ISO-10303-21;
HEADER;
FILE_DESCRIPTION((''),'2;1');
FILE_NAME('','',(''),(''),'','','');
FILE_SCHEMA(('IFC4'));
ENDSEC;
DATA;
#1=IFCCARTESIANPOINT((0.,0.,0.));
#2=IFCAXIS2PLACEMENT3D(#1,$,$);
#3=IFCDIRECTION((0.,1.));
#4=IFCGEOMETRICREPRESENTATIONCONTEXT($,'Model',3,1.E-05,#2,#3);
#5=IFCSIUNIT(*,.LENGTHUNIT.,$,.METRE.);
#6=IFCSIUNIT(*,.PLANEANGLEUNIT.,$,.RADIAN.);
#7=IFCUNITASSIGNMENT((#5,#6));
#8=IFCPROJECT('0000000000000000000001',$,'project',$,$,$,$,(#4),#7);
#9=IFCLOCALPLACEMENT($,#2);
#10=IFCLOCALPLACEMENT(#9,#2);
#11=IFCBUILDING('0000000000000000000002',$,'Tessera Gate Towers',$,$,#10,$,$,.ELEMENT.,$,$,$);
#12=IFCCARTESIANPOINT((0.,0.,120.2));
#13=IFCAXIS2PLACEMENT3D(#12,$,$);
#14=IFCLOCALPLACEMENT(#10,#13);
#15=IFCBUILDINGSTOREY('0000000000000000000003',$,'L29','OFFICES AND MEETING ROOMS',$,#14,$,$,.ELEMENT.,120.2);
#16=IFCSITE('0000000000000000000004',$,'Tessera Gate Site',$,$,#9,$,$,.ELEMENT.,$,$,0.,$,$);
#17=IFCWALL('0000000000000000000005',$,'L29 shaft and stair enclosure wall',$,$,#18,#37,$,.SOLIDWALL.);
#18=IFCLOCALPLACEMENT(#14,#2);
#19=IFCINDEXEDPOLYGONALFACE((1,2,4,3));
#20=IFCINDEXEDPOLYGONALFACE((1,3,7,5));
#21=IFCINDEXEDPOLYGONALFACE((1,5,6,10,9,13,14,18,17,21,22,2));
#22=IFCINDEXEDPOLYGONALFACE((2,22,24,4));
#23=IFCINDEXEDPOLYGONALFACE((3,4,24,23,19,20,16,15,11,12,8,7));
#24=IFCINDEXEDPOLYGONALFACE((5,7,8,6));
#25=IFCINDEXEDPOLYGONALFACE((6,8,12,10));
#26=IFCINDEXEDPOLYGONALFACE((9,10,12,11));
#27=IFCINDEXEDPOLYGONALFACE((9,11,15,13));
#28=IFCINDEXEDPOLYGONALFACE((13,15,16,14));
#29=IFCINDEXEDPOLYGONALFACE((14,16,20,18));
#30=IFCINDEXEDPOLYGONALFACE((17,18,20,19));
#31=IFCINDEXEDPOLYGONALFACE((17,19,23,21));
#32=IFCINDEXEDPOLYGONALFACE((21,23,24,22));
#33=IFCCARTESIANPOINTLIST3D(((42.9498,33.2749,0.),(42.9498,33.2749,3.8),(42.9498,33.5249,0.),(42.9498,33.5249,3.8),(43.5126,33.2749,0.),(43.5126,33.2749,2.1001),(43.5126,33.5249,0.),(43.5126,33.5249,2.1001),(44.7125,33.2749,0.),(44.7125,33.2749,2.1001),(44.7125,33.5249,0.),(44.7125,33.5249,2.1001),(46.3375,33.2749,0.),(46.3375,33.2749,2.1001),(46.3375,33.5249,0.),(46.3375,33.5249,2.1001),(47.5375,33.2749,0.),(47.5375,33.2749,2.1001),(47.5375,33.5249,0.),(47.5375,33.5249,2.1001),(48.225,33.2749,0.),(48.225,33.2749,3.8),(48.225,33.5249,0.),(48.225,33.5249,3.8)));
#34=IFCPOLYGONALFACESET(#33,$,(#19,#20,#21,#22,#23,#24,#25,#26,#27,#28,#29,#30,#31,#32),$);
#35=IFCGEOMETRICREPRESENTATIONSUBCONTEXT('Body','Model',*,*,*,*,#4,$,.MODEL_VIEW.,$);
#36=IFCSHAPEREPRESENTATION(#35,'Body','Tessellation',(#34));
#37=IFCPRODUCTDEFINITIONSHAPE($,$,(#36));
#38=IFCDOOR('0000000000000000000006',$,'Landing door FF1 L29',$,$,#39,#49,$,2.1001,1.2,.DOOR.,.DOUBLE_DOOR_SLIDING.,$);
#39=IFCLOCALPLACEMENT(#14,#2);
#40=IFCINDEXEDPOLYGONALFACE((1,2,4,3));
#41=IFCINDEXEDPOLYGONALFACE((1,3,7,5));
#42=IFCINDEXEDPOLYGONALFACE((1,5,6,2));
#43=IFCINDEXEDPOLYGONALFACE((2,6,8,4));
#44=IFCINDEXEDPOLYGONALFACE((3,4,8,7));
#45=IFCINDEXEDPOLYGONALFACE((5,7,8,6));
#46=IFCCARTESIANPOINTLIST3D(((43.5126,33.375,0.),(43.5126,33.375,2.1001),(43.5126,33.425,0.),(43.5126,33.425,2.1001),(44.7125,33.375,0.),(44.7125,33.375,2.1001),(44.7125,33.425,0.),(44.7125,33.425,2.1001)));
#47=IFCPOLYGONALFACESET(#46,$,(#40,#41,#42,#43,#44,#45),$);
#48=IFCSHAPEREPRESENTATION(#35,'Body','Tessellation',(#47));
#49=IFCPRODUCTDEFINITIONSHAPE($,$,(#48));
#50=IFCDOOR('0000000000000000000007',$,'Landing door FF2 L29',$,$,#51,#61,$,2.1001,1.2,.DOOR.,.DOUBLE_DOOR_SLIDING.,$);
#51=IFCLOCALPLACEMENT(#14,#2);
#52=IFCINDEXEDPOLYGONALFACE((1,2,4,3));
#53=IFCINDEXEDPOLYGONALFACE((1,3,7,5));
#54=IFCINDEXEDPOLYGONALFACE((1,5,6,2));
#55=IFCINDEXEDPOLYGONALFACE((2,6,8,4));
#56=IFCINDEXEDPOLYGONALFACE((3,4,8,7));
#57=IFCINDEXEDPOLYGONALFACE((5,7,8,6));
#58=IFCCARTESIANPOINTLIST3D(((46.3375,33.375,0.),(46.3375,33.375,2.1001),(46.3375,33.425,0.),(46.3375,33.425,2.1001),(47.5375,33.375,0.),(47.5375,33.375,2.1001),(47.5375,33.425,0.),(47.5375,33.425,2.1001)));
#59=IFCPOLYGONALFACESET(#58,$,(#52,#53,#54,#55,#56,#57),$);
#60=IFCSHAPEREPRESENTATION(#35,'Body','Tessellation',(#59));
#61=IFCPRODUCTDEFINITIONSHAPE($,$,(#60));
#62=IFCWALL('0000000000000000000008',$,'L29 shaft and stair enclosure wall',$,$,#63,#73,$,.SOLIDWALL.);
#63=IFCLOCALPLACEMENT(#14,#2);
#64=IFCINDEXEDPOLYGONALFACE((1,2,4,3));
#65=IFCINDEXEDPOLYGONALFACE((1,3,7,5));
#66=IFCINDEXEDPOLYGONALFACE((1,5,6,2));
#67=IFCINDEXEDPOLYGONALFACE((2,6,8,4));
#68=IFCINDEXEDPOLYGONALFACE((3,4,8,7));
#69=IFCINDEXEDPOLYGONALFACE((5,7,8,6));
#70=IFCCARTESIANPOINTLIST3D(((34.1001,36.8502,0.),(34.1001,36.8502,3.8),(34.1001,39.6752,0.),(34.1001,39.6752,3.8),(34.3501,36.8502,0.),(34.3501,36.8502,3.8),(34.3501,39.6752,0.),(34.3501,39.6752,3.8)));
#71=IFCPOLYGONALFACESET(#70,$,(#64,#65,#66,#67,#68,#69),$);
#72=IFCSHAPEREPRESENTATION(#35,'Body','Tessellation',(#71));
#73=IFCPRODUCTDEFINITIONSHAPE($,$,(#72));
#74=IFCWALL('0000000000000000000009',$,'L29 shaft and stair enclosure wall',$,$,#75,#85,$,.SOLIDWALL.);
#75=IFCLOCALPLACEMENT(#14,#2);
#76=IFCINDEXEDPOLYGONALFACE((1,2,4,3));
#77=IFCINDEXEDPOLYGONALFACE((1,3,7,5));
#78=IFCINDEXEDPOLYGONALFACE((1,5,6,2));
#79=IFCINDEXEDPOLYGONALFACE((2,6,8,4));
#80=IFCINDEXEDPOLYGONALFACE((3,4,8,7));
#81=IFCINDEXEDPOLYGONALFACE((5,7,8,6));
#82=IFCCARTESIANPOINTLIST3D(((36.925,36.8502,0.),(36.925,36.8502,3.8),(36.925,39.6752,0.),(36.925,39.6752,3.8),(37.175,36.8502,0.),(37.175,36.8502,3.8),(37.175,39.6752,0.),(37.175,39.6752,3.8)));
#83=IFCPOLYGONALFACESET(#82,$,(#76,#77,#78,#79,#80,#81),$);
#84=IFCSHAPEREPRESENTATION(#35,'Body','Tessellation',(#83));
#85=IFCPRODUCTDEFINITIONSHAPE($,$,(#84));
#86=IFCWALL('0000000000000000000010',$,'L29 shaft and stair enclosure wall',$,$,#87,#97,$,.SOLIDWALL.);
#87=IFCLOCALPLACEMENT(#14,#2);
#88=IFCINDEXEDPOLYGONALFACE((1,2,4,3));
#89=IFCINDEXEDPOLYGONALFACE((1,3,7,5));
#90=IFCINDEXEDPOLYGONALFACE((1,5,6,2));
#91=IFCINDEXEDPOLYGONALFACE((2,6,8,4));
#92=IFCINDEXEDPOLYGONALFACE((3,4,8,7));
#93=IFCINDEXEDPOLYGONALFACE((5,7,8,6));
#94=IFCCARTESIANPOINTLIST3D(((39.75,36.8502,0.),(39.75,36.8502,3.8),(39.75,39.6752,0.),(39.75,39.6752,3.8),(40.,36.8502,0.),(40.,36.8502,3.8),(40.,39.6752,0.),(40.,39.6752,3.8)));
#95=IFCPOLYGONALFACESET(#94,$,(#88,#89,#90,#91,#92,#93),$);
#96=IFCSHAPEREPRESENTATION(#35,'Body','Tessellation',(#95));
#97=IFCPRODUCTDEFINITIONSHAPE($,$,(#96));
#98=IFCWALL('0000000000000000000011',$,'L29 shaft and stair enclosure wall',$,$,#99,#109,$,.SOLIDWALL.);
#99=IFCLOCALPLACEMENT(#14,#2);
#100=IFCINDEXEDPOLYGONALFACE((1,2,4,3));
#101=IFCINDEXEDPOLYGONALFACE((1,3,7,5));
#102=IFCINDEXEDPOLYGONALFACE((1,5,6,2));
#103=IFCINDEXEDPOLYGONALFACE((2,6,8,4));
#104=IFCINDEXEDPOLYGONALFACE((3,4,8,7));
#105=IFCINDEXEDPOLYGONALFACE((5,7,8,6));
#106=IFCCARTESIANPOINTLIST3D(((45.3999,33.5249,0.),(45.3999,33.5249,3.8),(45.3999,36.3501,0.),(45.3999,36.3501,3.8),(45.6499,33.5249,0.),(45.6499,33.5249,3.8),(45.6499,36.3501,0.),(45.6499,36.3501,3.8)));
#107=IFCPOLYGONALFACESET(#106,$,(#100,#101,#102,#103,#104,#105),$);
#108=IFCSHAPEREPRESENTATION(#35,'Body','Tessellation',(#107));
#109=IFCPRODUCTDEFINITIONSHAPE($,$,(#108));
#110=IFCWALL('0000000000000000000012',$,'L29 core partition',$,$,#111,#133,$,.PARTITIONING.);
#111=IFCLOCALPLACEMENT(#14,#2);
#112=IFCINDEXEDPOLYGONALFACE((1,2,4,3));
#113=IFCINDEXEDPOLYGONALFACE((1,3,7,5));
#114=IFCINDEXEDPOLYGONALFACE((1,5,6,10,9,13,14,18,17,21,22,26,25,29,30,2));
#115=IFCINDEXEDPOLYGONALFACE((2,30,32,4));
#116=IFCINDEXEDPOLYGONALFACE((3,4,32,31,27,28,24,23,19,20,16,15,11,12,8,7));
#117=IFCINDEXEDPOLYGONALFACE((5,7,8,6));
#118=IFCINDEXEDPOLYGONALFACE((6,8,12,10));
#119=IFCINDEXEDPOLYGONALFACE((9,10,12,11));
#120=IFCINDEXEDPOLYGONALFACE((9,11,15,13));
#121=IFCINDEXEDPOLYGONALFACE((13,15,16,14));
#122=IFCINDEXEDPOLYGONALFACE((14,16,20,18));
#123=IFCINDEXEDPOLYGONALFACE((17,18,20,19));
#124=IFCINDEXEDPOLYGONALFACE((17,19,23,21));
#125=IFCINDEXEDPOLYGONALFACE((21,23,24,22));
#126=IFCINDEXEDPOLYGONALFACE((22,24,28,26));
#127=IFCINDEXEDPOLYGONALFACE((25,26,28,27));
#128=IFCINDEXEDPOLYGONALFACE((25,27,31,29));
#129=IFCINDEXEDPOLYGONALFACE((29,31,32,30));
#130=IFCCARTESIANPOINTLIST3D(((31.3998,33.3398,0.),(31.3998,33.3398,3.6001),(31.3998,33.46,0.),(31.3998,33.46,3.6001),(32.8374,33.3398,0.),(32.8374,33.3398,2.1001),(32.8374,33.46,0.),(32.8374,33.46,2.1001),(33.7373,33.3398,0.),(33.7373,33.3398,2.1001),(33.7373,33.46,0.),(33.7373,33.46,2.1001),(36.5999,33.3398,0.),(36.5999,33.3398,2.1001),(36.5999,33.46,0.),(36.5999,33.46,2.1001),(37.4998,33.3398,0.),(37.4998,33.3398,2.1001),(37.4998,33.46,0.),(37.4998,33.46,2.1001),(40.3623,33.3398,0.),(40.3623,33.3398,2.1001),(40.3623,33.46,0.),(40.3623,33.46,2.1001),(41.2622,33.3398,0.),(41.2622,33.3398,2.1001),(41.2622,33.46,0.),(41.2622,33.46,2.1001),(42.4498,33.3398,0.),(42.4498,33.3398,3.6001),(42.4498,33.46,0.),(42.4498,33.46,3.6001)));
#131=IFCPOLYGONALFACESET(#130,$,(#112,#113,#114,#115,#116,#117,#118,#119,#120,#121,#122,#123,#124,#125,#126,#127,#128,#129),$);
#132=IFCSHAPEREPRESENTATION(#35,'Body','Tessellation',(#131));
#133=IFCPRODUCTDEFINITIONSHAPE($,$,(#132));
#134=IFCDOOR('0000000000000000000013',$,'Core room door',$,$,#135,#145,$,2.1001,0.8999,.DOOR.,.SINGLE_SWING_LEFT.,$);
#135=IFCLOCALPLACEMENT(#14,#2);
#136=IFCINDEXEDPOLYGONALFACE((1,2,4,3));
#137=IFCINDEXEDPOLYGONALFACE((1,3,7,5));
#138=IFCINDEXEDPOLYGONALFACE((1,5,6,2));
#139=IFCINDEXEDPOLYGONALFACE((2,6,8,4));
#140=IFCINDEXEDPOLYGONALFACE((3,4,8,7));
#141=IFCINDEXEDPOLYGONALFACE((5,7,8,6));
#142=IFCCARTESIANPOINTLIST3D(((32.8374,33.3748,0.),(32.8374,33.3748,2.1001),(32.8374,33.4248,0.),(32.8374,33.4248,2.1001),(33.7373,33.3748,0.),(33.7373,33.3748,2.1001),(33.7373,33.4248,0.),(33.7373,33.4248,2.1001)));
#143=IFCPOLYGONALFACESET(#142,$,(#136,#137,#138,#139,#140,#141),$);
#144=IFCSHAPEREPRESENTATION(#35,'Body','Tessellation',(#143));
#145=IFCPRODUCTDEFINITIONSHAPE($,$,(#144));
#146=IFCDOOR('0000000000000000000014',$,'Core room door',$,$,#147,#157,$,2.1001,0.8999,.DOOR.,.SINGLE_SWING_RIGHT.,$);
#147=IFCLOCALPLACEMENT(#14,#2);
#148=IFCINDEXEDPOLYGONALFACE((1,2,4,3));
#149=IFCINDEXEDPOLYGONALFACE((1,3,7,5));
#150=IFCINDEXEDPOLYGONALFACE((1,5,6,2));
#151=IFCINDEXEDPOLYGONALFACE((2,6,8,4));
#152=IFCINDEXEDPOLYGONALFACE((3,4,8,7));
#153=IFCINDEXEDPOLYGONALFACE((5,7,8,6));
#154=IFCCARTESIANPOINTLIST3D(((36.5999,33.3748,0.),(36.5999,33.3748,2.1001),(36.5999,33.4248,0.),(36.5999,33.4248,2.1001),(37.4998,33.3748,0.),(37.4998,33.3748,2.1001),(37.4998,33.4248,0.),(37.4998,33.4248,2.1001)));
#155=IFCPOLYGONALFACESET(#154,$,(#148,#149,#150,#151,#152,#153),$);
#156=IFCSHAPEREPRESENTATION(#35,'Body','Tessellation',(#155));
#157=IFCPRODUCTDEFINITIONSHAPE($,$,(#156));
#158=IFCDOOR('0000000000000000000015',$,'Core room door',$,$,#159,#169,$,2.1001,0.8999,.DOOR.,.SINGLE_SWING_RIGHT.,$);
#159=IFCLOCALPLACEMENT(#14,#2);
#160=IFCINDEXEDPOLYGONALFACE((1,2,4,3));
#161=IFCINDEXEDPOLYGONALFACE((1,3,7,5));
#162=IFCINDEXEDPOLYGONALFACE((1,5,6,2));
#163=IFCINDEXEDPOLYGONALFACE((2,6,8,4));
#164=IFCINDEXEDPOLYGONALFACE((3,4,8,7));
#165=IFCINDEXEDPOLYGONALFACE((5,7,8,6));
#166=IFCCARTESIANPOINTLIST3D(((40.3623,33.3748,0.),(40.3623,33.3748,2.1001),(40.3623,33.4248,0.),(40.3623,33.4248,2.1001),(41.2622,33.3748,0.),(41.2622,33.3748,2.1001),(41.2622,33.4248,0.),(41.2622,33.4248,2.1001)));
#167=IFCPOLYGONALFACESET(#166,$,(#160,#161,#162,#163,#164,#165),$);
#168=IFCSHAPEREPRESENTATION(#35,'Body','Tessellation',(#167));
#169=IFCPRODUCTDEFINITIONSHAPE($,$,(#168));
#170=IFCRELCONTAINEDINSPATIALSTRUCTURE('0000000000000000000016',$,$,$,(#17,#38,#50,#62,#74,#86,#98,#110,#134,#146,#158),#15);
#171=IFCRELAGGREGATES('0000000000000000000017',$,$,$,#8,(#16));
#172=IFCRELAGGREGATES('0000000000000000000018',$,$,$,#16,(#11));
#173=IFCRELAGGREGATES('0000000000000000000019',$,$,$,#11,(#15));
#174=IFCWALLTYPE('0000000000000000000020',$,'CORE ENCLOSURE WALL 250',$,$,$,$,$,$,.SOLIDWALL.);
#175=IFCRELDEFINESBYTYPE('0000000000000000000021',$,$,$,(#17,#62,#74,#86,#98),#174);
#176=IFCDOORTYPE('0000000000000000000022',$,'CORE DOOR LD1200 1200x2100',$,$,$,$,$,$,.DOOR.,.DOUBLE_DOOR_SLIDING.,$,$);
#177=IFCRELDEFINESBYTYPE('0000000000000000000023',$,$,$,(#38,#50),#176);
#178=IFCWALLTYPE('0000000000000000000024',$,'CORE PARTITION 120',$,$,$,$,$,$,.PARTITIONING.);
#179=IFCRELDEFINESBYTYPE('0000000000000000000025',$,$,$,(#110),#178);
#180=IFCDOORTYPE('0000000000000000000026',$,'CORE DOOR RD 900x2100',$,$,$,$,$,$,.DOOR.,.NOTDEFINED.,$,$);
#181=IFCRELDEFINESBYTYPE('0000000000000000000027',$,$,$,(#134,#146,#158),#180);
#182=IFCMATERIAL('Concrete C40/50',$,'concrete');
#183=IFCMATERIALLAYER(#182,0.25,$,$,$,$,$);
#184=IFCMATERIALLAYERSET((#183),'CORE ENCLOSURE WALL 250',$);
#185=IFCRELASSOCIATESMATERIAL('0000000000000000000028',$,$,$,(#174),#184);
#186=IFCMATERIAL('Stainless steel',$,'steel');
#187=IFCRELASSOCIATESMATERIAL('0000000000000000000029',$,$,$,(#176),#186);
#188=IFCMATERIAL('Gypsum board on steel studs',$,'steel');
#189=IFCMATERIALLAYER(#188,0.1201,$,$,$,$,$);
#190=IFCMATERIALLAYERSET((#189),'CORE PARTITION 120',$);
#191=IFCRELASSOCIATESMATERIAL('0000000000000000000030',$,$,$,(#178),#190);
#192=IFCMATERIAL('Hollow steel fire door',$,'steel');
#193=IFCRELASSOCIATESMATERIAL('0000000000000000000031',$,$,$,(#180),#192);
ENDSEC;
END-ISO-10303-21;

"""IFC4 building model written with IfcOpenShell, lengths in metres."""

from ifc_helpers import new_model, si_unit, direction, frame, frame_2d, origin, place, context, subcontext, project, spatial, rectangle, extrude, source, transform, mapped, material, layer, layer_set, type_object, element, fill, save


model = new_model("IFC4")

# Units and contexts
model_context = context("Model", 3, precision=1e-05, world=origin(), true_north=direction((0.0, 1.0)))
body_context = subcontext(model_context, "Body", "Model", "MODEL_VIEW")
ifc_project = project(units=[si_unit("LENGTHUNIT", "METRE"), si_unit("PLANEANGLEUNIT", "RADIAN")], contexts=[model_context])

# Site, building, storey
site_placement = place(None, origin())
site = spatial("IfcSite", under=ifc_project, at=site_placement, Name="Tessera Gate Site", CompositionType="ELEMENT", RefElevation=0.0)
building_placement = place(site_placement, origin())
building = spatial("IfcBuilding", under=site, at=building_placement, Name="Tessera Gate Towers", CompositionType="ELEMENT")
storey_placement = place(building_placement, frame((0.0, 0.0, 120.2)))
storey = spatial("IfcBuildingStorey", under=building, at=storey_placement, Name="L29", Description="OFFICES AND MEETING ROOMS", CompositionType="ELEMENT", Elevation=120.2)

# Shared definitions
ifc_material_1 = material(Name="Concrete C40/50", Category="concrete")
ifc_layer_1 = layer(ifc_material_1, 0.25)
ifc_layer_set_1 = layer_set([ifc_layer_1], Name="CORE ENCLOSURE WALL 250")
wall_type_1 = type_object("IfcWallType", Name="CORE ENCLOSURE WALL 250", PredefinedType="SOLIDWALL", material=ifc_layer_set_1)

# Shared definitions
shared_shape_1 = source(origin(), body_context, "Body", "SweptSolid", [
    extrude(rectangle(XDim=1.2, YDim=2.1001, at=frame_2d((0.6001, 1.05))), frame((0.0, 0.135, 0.0), z_axis=(0.0, -1.0, 0.0), x_axis=(1.0, 0.0, 0.0)), (0.0, 0.0, 1.0), 0.27),
])
shared_shape_2 = source(origin(), body_context, "Body", "SweptSolid", [
    extrude(rectangle(XDim=1.2, YDim=2.1001, at=frame_2d((0.6001, 1.05))), frame((0.0, 0.0249, 0.0), z_axis=(0.0, -1.0, 0.0), x_axis=(1.0, 0.0, 0.0)), (0.0, 0.0, 1.0), 0.05),
])

# Wall, openings, doors
wall_1_placement = place(storey_placement, frame((48.2251, 33.3999, 0.0), z_axis=(0.0, 0.0, 1.0), x_axis=(-1.0, 0.0, 0.0)))
wall_1 = element("IfcWall", 1, at=wall_1_placement, inside=storey, type_object=wall_type_1, Name="L29 shaft and stair enclosure wall", PredefinedType="SOLIDWALL", context=body_context, shape_type="SweptSolid", body=[
    extrude(rectangle(XDim=5.2751, YDim=0.25, at=frame_2d((2.6377, 0.0))), origin(), (0.0, 0.0, 1.0), 3.8),
])
opening_1_placement = place(wall_1_placement, frame((3.5125, 0.0, 0.0)))
opening_1 = element("IfcOpeningElement", 2, at=opening_1_placement, cuts=wall_1, PredefinedType="OPENING", context=body_context, shape_type="MappedRepresentation", body=[
    mapped(shared_shape_1, transform((0.0, 0.0, 0.0), scale=1.0)),
])
opening_2_placement = place(wall_1_placement, frame((0.6875, 0.0, 0.0)))
opening_2 = element("IfcOpeningElement", 3, at=opening_2_placement, cuts=wall_1, PredefinedType="OPENING", context=body_context, shape_type="MappedRepresentation", body=[
    mapped(shared_shape_1, transform((0.0, 0.0, 0.0), scale=1.0)),
])
ifc_material_2 = material(Name="Stainless steel", Category="steel")
door_type_1 = type_object("IfcDoorType", Name="CORE DOOR LD1200 1200x2100", OperationType="DOUBLE_DOOR_SLIDING", PredefinedType="DOOR", material=ifc_material_2)
door_1_placement = place(opening_1_placement, origin())
door_1 = element("IfcDoor", 4, at=door_1_placement, inside=storey, type_object=door_type_1, Name="Landing door FF1 L29", OperationType="DOUBLE_DOOR_SLIDING", OverallHeight=2.1001, OverallWidth=1.2, PredefinedType="DOOR", context=body_context, shape_type="MappedRepresentation", body=[
    mapped(shared_shape_2, transform((0.0, 0.0, 0.0), scale=1.0)),
])
fill(opening_1, door_1)
door_2_placement = place(opening_2_placement, origin())
door_2 = element("IfcDoor", 5, at=door_2_placement, inside=storey, type_object=door_type_1, Name="Landing door FF2 L29", OperationType="DOUBLE_DOOR_SLIDING", OverallHeight=2.1001, OverallWidth=1.2, PredefinedType="DOOR", context=body_context, shape_type="MappedRepresentation", body=[
    mapped(shared_shape_2, transform((0.0, 0.0, 0.0), scale=1.0)),
])
fill(opening_2, door_2)

# Walls
for number, where, z_axis, x_axis, name in (
    (6, (34.2251, 36.8501, 0.0), (0.0, 0.0, 1.0), (0.0, 1.0, 0.0), "L29 shaft and stair enclosure wall"),
    (7, (37.05, 36.8501, 0.0), (0.0, 0.0, 1.0), (0.0, 1.0, 0.0), "L29 shaft and stair enclosure wall"),
    (8, (39.875, 36.8501, 0.0), (0.0, 0.0, 1.0), (0.0, 1.0, 0.0), "L29 shaft and stair enclosure wall"),
):
    element("IfcWall", number, at=place(storey_placement, frame(where, z_axis=z_axis, x_axis=x_axis)), inside=storey, type_object=wall_type_1, Name=name, PredefinedType="SOLIDWALL", context=body_context, shape_type="SweptSolid", body=[
        extrude(rectangle(XDim=2.825, YDim=0.25, at=frame_2d((1.4126, 0.0))), origin(), (0.0, 0.0, 1.0), 3.8),
    ])
wall_2_placement = place(storey_placement, frame((45.5249, 33.5249, 0.0), z_axis=(0.0, 0.0, 1.0), x_axis=(0.0, 1.0, 0.0)))
element("IfcWall", 9, at=wall_2_placement, inside=storey, type_object=wall_type_1, Name="L29 shaft and stair enclosure wall", PredefinedType="SOLIDWALL", context=body_context, shape_type="SweptSolid", body=[
    extrude(rectangle(XDim=2.8252, YDim=0.25, at=frame_2d((1.4126, 0.0))), origin(), (0.0, 0.0, 1.0), 3.8),
])

# Wall, openings, doors
ifc_material_3 = material(Name="Gypsum board on steel studs", Category="steel")
ifc_layer_2 = layer(ifc_material_3, 0.1201)
ifc_layer_set_2 = layer_set([ifc_layer_2], Name="CORE PARTITION 120")
wall_type_2 = type_object("IfcWallType", Name="CORE PARTITION 120", PredefinedType="PARTITIONING", material=ifc_layer_set_2)
wall_3_placement = place(storey_placement, frame((31.3999, 33.3999, 0.0), z_axis=(0.0, 0.0, 1.0), x_axis=(1.0, 0.0, 0.0)))
wall_3 = element("IfcWall", 10, at=wall_3_placement, inside=storey, type_object=wall_type_2, Name="L29 core partition", PredefinedType="PARTITIONING", context=body_context, shape_type="SweptSolid", body=[
    extrude(rectangle(XDim=11.05, YDim=0.1201, at=frame_2d((5.5249, 0.0))), origin(), (0.0, 0.0, 1.0), 3.6001),
])
shared_shape_3 = source(origin(), body_context, "Body", "SweptSolid", [
    extrude(rectangle(XDim=0.8999, YDim=2.1001, at=frame_2d((0.45, 1.05))), frame((0.0, 0.0701, 0.0), z_axis=(0.0, -1.0, 0.0), x_axis=(1.0, 0.0, 0.0)), (0.0, 0.0, 1.0), 0.1401),
])
opening_3_placement = place(wall_3_placement, frame((1.4375, 0.0, 0.0)))
opening_3 = element("IfcOpeningElement", 11, at=opening_3_placement, cuts=wall_3, PredefinedType="OPENING", context=body_context, shape_type="MappedRepresentation", body=[
    mapped(shared_shape_3, transform((0.0, 0.0, 0.0), scale=1.0)),
])
opening_4_placement = place(wall_3_placement, frame((5.2, 0.0, 0.0)))
opening_4 = element("IfcOpeningElement", 12, at=opening_4_placement, cuts=wall_3, PredefinedType="OPENING", context=body_context, shape_type="MappedRepresentation", body=[
    mapped(shared_shape_3, transform((0.0, 0.0, 0.0), scale=1.0)),
])
opening_5_placement = place(wall_3_placement, frame((8.9624, 0.0, 0.0)))
opening_5 = element("IfcOpeningElement", 13, at=opening_5_placement, cuts=wall_3, PredefinedType="OPENING", context=body_context, shape_type="MappedRepresentation", body=[
    mapped(shared_shape_3, transform((0.0, 0.0, 0.0), scale=1.0)),
])
ifc_material_4 = material(Name="Hollow steel fire door", Category="steel")
door_type_2 = type_object("IfcDoorType", Name="CORE DOOR RD 900x2100", OperationType="NOTDEFINED", PredefinedType="DOOR", material=ifc_material_4)
shared_shape_4 = source(origin(), body_context, "Body", "SweptSolid", [
    extrude(rectangle(XDim=0.8999, YDim=2.1001, at=frame_2d((0.45, 1.05))), frame((0.0, 0.0249, 0.0), z_axis=(0.0, -1.0, 0.0), x_axis=(1.0, 0.0, 0.0)), (0.0, 0.0, 1.0), 0.05),
])
door_3_placement = place(opening_3_placement, origin())
door_3 = element("IfcDoor", 14, at=door_3_placement, inside=storey, type_object=door_type_2, Name="Core room door", OperationType="SINGLE_SWING_LEFT", OverallHeight=2.1001, OverallWidth=0.8999, PredefinedType="DOOR", context=body_context, shape_type="MappedRepresentation", body=[
    mapped(shared_shape_4, transform((0.0, 0.0, 0.0), scale=1.0)),
])
fill(opening_3, door_3)
door_4_placement = place(opening_4_placement, origin())
door_4 = element("IfcDoor", 15, at=door_4_placement, inside=storey, type_object=door_type_2, Name="Core room door", OperationType="SINGLE_SWING_RIGHT", OverallHeight=2.1001, OverallWidth=0.8999, PredefinedType="DOOR", context=body_context, shape_type="MappedRepresentation", body=[
    mapped(shared_shape_4, transform((0.0, 0.0, 0.0), scale=1.0)),
])
fill(opening_4, door_4)
door_5_placement = place(opening_5_placement, origin())
door_5 = element("IfcDoor", 16, at=door_5_placement, inside=storey, type_object=door_type_2, Name="Core room door", OperationType="SINGLE_SWING_RIGHT", OverallHeight=2.1001, OverallWidth=0.8999, PredefinedType="DOOR", context=body_context, shape_type="MappedRepresentation", body=[
    mapped(shared_shape_4, transform((0.0, 0.0, 0.0), scale=1.0)),
])
fill(opening_5, door_5)

save(model, "model.ifc")
